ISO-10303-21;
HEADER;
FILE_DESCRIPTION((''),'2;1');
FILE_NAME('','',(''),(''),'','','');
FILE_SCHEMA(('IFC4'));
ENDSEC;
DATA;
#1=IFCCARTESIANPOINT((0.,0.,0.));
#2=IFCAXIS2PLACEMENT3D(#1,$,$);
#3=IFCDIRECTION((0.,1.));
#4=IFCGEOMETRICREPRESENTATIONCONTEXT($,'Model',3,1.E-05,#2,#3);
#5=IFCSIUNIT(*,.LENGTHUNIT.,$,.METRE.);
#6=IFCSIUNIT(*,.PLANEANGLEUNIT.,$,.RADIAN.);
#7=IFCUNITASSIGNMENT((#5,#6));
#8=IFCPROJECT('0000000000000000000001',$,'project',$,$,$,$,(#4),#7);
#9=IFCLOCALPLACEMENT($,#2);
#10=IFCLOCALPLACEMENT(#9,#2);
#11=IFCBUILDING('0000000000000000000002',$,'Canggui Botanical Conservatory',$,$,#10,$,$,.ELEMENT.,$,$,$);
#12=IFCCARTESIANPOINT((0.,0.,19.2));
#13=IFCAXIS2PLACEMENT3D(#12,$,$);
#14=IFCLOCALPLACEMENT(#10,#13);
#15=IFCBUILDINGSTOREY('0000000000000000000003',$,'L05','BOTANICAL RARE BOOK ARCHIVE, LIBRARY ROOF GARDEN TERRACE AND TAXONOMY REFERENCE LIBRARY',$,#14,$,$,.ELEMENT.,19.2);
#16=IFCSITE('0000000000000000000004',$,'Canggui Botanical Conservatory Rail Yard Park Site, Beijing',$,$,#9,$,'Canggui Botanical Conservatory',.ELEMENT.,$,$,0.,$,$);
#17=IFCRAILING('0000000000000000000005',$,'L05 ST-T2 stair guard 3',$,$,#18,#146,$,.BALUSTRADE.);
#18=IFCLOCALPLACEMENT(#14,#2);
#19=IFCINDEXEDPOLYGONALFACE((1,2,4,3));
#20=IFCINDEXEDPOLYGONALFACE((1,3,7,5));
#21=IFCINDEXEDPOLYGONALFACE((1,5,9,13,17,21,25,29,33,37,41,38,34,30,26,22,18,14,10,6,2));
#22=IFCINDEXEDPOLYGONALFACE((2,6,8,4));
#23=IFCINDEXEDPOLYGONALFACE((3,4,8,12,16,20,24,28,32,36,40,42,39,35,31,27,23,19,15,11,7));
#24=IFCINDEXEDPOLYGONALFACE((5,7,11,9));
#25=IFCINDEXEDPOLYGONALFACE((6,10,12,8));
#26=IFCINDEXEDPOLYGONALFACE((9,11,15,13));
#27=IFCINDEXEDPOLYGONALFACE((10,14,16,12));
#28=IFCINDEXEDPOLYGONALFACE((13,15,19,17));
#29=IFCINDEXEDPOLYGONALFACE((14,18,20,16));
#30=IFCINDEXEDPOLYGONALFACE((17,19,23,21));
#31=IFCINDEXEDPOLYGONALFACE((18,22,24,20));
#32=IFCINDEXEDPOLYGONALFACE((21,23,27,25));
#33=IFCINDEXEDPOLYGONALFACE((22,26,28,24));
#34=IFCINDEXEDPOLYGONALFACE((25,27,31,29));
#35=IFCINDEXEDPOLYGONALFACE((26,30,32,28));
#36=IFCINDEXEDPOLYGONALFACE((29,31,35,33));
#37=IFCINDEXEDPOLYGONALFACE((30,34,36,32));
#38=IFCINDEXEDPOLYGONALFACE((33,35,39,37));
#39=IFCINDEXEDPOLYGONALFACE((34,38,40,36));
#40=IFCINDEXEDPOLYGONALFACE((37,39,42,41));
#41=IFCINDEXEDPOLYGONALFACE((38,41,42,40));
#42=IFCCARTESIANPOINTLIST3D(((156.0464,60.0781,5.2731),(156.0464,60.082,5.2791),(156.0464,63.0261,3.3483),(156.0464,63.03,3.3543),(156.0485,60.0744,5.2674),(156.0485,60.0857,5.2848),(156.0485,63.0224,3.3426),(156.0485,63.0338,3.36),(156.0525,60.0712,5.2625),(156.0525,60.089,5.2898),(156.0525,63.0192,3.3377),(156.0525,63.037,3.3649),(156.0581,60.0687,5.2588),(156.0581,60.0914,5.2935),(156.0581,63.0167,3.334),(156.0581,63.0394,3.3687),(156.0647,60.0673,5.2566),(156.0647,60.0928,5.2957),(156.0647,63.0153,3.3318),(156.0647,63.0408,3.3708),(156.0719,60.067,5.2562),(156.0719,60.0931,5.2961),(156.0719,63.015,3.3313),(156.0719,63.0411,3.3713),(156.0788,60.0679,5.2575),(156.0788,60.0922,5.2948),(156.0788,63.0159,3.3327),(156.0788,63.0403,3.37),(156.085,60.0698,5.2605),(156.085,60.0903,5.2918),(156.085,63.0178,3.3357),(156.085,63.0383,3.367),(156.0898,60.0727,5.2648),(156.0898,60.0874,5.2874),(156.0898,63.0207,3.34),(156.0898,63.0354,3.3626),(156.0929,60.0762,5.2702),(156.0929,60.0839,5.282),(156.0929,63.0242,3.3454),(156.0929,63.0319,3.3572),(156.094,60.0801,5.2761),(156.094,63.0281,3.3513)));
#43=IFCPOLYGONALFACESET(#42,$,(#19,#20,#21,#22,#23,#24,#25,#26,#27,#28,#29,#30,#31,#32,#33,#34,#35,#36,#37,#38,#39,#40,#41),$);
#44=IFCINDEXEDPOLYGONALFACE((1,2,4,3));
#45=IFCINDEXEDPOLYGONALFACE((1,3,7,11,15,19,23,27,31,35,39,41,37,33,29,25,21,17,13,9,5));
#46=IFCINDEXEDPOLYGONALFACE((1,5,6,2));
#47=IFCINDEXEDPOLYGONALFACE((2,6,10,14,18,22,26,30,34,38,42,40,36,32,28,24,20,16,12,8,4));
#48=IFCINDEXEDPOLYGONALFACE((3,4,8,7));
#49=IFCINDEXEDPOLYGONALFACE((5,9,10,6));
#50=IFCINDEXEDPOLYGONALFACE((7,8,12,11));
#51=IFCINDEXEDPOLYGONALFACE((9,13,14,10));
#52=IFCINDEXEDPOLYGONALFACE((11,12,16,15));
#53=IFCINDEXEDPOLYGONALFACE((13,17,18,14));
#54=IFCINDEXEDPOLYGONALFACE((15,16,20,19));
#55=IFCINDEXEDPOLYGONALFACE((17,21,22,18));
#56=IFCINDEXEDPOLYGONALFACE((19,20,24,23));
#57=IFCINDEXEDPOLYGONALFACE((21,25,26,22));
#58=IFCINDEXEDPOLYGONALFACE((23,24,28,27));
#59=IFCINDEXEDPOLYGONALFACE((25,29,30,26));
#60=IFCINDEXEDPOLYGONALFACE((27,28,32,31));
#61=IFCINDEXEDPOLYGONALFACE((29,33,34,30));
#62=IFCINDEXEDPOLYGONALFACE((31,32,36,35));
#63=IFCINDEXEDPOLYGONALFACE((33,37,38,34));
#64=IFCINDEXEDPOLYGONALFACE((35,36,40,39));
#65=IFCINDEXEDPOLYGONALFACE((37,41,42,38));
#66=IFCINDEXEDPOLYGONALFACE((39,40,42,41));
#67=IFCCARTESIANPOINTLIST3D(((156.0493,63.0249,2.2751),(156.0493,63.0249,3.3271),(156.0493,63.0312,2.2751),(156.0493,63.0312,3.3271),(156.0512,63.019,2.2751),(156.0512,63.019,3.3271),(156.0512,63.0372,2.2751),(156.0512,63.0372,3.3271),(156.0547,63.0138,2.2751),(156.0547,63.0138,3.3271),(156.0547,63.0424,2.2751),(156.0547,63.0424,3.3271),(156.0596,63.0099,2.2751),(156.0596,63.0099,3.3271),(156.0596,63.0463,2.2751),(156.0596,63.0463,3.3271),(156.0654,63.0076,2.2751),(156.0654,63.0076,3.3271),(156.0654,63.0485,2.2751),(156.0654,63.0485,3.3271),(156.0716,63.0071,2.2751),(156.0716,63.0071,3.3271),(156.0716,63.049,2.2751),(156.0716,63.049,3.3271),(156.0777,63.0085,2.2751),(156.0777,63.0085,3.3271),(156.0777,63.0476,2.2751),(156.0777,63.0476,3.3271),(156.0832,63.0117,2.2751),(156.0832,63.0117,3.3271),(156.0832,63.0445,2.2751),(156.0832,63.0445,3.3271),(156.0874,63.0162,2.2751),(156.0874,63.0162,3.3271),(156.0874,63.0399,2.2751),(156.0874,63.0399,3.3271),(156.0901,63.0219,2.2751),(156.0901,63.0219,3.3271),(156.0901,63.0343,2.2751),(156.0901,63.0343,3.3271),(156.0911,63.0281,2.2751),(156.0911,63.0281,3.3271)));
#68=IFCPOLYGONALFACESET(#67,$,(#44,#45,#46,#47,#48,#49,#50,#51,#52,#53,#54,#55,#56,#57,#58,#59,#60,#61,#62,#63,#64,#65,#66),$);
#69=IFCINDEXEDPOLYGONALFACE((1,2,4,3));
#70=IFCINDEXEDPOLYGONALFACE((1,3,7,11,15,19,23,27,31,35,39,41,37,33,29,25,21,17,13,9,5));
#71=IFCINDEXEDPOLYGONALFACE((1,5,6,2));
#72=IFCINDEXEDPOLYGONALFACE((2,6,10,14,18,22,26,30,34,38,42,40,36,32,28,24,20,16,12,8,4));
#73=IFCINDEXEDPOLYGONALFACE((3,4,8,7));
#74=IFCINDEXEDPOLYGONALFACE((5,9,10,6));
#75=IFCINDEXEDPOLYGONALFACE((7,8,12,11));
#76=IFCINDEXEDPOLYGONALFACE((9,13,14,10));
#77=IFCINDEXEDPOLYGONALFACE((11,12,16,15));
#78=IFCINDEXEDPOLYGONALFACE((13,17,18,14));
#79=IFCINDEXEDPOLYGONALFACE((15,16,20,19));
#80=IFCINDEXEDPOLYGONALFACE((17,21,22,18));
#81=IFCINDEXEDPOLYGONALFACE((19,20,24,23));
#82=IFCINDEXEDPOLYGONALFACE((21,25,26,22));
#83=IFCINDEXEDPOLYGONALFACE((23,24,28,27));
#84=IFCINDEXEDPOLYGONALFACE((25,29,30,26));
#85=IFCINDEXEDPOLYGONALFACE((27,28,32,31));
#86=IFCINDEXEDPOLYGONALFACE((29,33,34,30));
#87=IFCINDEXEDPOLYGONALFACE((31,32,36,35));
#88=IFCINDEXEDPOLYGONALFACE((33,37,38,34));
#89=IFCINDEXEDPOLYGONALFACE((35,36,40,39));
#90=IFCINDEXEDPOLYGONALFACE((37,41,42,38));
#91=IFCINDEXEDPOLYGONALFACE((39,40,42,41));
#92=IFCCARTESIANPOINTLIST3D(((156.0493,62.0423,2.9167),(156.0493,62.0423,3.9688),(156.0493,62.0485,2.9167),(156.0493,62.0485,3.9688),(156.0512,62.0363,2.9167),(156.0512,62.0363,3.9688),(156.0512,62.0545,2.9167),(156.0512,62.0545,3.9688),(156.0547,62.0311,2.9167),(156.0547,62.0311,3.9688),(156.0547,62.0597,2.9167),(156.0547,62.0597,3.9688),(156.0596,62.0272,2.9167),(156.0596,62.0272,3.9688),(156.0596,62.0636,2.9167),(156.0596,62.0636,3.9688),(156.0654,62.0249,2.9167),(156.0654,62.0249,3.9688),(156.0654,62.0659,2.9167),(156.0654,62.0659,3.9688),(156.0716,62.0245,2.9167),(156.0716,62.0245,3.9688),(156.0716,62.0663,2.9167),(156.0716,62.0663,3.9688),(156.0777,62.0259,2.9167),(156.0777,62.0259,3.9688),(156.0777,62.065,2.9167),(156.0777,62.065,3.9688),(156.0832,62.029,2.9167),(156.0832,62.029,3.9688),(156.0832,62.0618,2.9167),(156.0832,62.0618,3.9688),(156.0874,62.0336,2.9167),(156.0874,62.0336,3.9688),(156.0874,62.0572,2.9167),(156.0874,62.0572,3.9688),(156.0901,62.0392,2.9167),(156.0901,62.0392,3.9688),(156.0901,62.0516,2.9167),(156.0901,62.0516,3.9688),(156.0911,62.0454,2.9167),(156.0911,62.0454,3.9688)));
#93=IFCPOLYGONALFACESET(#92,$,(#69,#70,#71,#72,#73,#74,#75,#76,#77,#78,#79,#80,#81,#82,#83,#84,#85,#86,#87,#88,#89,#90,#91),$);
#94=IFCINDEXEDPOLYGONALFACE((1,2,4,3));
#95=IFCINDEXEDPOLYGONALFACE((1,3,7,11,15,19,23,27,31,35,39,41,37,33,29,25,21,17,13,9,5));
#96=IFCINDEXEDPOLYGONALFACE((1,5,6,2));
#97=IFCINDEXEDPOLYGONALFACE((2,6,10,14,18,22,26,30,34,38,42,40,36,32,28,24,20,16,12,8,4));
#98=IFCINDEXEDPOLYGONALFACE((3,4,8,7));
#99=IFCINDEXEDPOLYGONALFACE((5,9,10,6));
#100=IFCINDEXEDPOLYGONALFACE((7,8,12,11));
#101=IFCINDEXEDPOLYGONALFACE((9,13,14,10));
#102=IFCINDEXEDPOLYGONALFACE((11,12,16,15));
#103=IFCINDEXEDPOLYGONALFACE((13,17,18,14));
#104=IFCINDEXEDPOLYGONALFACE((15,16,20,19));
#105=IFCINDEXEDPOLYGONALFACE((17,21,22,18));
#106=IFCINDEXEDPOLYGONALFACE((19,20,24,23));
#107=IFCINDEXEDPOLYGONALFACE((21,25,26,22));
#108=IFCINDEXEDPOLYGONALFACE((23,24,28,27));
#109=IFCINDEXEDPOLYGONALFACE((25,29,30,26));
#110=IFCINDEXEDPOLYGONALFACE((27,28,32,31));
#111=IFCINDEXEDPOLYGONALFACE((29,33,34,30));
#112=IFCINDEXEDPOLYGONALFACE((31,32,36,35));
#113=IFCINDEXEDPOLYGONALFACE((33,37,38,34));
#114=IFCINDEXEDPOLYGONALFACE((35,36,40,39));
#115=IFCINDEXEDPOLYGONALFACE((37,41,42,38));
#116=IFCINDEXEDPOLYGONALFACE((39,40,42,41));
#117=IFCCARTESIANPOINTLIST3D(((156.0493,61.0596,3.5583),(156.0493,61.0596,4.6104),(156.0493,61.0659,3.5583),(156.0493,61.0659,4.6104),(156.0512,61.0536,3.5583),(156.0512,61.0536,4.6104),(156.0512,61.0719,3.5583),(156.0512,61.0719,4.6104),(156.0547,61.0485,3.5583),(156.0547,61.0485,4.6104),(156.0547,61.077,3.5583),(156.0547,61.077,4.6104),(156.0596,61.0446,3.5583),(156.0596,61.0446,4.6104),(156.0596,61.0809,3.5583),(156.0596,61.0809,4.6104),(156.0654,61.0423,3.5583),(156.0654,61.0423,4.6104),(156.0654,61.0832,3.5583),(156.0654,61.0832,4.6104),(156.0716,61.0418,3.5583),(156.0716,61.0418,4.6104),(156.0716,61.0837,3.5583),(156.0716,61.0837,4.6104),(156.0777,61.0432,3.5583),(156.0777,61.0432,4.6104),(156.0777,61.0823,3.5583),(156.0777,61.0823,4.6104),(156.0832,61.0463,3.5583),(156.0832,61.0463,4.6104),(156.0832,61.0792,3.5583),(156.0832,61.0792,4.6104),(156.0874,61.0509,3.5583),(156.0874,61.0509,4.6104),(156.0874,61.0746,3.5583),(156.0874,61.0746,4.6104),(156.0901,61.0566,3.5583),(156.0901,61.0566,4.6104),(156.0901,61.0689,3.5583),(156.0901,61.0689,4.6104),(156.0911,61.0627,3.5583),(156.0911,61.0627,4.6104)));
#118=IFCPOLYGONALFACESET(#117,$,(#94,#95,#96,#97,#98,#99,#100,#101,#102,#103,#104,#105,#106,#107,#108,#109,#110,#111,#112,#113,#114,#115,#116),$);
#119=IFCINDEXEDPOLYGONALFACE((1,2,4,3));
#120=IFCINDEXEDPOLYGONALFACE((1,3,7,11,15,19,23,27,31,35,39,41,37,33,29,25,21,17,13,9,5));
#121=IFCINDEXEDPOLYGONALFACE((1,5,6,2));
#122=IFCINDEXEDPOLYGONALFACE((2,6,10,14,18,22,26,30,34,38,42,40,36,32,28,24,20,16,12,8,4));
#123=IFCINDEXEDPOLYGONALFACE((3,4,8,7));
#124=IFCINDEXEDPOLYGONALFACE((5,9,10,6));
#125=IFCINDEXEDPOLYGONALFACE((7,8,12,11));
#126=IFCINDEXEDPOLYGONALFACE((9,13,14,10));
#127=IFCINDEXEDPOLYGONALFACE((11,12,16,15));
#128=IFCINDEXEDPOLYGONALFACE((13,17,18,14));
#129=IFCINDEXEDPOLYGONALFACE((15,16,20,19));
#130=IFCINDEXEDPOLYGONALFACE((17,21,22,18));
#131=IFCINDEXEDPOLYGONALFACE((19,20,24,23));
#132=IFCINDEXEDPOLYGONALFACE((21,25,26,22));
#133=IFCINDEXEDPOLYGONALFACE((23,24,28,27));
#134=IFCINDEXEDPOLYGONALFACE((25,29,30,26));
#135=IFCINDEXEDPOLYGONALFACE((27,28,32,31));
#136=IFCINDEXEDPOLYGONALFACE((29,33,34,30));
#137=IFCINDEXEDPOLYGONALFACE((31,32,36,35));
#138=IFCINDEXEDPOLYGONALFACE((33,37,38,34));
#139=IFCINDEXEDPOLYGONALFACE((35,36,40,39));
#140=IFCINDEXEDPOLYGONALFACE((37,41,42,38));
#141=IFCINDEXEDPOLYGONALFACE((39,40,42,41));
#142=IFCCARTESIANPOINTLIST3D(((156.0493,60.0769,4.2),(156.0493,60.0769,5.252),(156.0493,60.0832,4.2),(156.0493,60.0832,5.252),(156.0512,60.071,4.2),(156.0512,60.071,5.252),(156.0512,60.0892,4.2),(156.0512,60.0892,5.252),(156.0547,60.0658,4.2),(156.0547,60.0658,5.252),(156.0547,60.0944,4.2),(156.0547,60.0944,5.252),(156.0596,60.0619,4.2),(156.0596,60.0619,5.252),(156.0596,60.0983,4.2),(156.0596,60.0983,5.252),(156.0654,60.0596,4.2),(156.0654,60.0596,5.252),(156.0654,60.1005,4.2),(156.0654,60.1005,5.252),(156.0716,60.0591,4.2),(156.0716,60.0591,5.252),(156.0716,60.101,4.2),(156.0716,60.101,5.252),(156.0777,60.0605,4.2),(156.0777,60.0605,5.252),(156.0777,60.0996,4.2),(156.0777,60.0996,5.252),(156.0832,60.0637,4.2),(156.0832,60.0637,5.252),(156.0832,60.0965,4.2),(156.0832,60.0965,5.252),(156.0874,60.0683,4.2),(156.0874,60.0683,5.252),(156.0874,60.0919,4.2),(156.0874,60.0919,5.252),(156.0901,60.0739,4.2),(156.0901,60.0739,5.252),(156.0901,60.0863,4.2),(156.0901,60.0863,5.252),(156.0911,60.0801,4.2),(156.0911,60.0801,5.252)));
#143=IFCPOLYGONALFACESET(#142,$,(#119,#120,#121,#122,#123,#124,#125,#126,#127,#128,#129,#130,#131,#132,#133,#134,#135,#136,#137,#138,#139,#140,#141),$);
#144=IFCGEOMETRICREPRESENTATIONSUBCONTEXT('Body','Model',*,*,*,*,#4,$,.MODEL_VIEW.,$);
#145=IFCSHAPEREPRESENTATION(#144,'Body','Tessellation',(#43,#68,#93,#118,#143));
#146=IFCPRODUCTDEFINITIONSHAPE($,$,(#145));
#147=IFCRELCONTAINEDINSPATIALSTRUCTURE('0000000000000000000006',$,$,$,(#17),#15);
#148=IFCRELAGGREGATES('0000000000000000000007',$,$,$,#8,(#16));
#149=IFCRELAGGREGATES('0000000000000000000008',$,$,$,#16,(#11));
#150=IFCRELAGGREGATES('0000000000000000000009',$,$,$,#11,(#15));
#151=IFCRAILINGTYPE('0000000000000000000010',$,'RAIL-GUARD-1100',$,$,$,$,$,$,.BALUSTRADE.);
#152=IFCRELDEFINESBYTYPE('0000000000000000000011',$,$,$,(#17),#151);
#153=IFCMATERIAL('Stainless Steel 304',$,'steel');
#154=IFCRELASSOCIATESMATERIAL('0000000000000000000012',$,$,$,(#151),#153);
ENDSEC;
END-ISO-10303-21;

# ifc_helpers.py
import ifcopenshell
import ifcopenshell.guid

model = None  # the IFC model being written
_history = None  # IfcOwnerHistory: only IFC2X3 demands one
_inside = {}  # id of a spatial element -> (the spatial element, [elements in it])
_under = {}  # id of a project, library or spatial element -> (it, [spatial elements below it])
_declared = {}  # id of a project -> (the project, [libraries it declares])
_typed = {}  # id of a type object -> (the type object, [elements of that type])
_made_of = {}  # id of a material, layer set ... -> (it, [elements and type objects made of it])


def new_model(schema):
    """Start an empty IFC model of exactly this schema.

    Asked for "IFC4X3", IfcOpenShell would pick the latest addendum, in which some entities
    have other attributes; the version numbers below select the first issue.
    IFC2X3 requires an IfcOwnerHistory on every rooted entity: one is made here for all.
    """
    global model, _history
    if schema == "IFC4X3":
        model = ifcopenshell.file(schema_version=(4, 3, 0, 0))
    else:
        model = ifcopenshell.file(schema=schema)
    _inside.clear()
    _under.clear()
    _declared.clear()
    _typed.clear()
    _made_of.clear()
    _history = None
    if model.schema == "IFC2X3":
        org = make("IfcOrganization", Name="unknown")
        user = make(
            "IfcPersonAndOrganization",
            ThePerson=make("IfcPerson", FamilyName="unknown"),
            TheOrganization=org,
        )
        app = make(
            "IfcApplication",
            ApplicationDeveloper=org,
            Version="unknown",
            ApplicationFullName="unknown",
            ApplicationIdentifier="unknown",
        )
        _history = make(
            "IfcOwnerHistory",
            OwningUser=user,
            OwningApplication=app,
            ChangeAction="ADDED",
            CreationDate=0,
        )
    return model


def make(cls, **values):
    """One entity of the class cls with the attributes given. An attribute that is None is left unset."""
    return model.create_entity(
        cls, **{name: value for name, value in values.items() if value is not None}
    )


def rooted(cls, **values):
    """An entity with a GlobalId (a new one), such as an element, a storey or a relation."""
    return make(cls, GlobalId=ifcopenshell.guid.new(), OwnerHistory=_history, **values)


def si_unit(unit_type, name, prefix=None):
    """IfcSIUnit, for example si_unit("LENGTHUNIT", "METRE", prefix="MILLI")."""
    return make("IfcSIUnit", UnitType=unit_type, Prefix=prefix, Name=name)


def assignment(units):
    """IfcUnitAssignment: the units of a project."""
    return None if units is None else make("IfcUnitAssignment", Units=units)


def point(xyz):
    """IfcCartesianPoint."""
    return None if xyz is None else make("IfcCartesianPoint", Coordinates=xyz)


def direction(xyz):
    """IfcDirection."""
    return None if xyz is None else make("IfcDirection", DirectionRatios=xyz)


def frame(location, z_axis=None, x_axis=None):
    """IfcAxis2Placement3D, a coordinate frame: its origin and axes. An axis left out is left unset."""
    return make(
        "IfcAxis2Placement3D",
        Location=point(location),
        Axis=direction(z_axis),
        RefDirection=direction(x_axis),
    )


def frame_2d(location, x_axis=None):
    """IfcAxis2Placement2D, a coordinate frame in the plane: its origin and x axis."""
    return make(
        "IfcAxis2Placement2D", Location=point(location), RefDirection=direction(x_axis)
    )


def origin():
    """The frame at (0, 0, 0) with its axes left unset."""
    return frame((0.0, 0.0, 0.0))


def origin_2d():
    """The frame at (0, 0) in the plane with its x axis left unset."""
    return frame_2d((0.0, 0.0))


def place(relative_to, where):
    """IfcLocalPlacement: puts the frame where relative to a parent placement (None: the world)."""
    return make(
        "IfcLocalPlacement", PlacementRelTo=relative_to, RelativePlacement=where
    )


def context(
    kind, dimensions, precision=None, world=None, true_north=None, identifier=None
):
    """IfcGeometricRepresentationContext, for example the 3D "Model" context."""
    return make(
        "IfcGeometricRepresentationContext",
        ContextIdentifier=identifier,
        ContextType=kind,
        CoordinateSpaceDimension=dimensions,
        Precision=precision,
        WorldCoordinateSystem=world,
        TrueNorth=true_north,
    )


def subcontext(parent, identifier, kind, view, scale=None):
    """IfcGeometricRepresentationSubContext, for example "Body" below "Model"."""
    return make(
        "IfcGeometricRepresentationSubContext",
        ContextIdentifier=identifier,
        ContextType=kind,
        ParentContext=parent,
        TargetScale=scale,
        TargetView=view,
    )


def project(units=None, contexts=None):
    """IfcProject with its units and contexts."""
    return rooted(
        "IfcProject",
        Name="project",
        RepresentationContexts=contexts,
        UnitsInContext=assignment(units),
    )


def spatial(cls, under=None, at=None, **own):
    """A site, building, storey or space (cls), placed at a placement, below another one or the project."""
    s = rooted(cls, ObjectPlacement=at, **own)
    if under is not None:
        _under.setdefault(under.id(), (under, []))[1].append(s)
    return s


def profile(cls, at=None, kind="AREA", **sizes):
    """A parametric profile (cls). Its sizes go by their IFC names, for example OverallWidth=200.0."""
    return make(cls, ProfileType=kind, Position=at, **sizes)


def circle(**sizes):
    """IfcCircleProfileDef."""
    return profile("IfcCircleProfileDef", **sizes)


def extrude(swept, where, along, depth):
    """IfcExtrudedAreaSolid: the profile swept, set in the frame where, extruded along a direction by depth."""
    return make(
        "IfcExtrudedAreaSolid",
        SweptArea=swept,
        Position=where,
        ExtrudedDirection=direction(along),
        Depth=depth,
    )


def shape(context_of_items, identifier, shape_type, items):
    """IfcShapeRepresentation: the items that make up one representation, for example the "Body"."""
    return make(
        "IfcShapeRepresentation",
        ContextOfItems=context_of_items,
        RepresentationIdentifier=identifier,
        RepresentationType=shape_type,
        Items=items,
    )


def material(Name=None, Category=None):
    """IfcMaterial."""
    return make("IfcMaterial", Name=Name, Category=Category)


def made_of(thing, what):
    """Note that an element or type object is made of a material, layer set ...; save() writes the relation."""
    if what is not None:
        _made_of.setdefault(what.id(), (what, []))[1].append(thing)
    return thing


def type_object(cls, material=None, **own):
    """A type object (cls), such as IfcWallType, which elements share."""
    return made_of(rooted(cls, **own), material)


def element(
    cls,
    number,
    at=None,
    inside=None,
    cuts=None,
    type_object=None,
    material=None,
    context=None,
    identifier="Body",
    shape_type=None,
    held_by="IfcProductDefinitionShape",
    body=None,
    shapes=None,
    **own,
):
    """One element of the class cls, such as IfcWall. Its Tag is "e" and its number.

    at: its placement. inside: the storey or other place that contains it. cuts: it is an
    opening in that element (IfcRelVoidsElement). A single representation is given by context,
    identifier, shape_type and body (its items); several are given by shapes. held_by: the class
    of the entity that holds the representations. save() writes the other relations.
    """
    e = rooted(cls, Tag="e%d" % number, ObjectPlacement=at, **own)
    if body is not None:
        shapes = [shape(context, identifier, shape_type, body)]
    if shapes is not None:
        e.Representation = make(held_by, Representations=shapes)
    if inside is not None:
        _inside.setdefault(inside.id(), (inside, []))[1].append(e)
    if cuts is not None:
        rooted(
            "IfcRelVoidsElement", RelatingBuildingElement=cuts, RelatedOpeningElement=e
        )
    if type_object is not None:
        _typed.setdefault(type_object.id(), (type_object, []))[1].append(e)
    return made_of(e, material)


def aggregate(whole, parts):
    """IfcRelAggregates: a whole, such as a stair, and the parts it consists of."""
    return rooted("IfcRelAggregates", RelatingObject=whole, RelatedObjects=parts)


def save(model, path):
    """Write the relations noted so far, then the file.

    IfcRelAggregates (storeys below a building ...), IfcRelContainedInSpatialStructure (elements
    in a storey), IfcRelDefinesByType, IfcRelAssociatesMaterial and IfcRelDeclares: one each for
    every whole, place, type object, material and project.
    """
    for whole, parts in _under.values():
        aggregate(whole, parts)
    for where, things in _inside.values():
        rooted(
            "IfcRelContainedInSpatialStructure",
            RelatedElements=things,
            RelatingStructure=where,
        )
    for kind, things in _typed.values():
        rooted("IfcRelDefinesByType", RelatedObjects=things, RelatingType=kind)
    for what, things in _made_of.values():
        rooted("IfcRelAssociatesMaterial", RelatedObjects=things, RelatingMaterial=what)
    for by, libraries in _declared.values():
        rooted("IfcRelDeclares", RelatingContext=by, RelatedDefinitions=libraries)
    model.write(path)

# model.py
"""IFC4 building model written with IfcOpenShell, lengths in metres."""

from ifc_helpers import new_model, si_unit, direction, frame, origin, origin_2d, place, context, subcontext, project, spatial, circle, extrude, material, type_object, element, save


model = new_model("IFC4")

# Units and contexts
model_context = context("Model", 3, precision=1e-05, world=origin(), true_north=direction((0.0, 1.0)))
body_context = subcontext(model_context, "Body", "Model", "MODEL_VIEW")
ifc_project = project(units=[si_unit("LENGTHUNIT", "METRE"), si_unit("PLANEANGLEUNIT", "RADIAN")], contexts=[model_context])

# Site, building, storey
site_placement = place(None, origin())
site = spatial("IfcSite", under=ifc_project, at=site_placement, Name="Canggui Botanical Conservatory Rail Yard Park Site, Beijing", LongName="Canggui Botanical Conservatory", CompositionType="ELEMENT", RefElevation=0.0)
building_placement = place(site_placement, origin())
building = spatial("IfcBuilding", under=site, at=building_placement, Name="Canggui Botanical Conservatory", CompositionType="ELEMENT")
storey_placement = place(building_placement, frame((0.0, 0.0, 19.2)))
storey = spatial("IfcBuildingStorey", under=building, at=storey_placement, Name="L05", Description="BOTANICAL RARE BOOK ARCHIVE, LIBRARY ROOF GARDEN TERRACE AND TAXONOMY REFERENCE LIBRARY", CompositionType="ELEMENT", Elevation=19.2)

# Railing
ifc_material_1 = material(Name="Stainless Steel 304", Category="steel")
railing_type_1 = type_object("IfcRailingType", Name="RAIL-GUARD-1100", PredefinedType="BALUSTRADE", material=ifc_material_1)
railing_1_placement = place(storey_placement, frame((156.0701, 63.0281, 2.2751)))
element("IfcRailing", 1, at=railing_1_placement, inside=storey, type_object=railing_type_1, Name="L05 ST-T2 stair guard 3", PredefinedType="BALUSTRADE", context=body_context, shape_type="SweptSolid", body=[
    extrude(circle(Radius=0.0239, at=origin_2d()), frame((0.0, 0.0, 1.0762), z_axis=(0.0, -0.837325, 0.546706), x_axis=(1.0, 0.0, 0.0)), (0.0, 0.0, 1.0), 3.5208),
    extrude(circle(Radius=0.021, at=origin_2d()), origin(), (0.0, 0.0, 1.0), 1.052),
    extrude(circle(Radius=0.021, at=origin_2d()), frame((0.0, -0.9827, 0.6416)), (0.0, 0.0, 1.0), 1.052),
    extrude(circle(Radius=0.021, at=origin_2d()), frame((0.0, -1.9653, 1.2832)), (0.0, 0.0, 1.0), 1.052),
    extrude(circle(Radius=0.021, at=origin_2d()), frame((0.0, -2.948, 1.9248)), (0.0, 0.0, 1.0), 1.052),
])

save(model, "model.ifc")
